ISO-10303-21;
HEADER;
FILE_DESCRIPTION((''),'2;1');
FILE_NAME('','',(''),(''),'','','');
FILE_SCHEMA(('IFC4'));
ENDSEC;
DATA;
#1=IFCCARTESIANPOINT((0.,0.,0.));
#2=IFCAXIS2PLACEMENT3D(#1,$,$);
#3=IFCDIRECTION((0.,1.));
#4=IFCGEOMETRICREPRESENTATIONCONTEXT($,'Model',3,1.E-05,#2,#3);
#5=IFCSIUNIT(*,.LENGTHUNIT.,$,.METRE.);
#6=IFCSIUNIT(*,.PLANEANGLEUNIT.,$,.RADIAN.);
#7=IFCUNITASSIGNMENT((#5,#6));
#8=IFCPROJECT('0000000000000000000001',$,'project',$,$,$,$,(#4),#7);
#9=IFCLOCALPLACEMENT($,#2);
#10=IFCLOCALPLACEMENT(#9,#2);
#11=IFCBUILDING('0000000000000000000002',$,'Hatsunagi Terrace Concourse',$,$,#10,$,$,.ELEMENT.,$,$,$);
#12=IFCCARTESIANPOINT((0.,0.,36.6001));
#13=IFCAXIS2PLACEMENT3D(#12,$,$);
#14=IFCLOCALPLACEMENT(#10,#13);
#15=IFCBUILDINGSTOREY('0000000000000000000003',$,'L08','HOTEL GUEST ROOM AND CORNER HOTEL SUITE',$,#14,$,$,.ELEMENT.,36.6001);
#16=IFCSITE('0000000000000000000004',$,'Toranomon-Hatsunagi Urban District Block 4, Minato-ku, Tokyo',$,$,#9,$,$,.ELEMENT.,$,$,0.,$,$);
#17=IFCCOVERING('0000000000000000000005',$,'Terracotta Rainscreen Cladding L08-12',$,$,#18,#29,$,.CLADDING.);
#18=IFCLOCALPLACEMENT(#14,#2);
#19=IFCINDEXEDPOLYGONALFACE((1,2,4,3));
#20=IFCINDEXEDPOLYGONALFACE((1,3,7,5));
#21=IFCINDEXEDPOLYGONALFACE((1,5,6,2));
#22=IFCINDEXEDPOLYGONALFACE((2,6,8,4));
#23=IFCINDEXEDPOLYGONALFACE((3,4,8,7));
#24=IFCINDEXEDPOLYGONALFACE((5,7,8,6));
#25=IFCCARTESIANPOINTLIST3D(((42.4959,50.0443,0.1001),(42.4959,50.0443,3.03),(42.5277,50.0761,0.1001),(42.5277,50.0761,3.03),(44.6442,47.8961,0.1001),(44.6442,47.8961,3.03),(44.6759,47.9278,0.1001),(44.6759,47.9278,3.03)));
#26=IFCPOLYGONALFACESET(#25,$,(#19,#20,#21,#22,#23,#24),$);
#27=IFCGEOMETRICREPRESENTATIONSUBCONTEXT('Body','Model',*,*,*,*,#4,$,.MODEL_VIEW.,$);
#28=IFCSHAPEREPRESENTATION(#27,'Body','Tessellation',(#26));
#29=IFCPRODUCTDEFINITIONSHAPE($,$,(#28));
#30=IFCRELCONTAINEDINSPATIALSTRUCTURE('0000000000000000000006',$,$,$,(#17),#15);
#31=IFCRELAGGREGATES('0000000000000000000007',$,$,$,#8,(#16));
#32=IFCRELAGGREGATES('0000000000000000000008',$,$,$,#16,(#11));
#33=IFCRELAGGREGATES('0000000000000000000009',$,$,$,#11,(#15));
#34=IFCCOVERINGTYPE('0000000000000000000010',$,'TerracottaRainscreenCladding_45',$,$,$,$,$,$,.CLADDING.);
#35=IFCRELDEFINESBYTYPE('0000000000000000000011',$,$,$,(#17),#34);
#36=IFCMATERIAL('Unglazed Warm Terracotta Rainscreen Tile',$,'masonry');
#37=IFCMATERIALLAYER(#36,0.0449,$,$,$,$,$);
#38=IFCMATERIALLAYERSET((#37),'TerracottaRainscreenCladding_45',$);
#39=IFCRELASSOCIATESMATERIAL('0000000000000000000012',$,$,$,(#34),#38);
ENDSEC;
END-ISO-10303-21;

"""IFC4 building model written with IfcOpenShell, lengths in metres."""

from ifc_helpers import new_model, si_unit, direction, frame, origin, origin_2d, place, context, subcontext, project, spatial, rectangle, extrude, material, layer, layer_set, type_object, element, save


model = new_model("IFC4")

# Units and contexts
model_context = context("Model", 3, precision=1e-05, world=origin(), true_north=direction((0.0, 1.0)))
body_context = subcontext(model_context, "Body", "Model", "MODEL_VIEW")
ifc_project = project(units=[si_unit("LENGTHUNIT", "METRE"), si_unit("PLANEANGLEUNIT", "RADIAN")], contexts=[model_context])

# Site, building, storey
site_placement = place(None, origin())
site = spatial("IfcSite", under=ifc_project, at=site_placement, Name="Toranomon-Hatsunagi Urban District Block 4, Minato-ku, Tokyo", CompositionType="ELEMENT", RefElevation=0.0)
building_placement = place(site_placement, origin())
building = spatial("IfcBuilding", under=site, at=building_placement, Name="Hatsunagi Terrace Concourse", CompositionType="ELEMENT")
storey_placement = place(building_placement, frame((0.0, 0.0, 36.6001)))
storey = spatial("IfcBuildingStorey", under=building, at=storey_placement, Name="L08", Description="HOTEL GUEST ROOM AND CORNER HOTEL SUITE", CompositionType="ELEMENT", Elevation=36.6001)

# Covering
ifc_material_1 = material(Name="Unglazed Warm Terracotta Rainscreen Tile", Category="masonry")
ifc_layer_1 = layer(ifc_material_1, 0.0449)
ifc_layer_set_1 = layer_set([ifc_layer_1], Name="TerracottaRainscreenCladding_45")
covering_type = type_object("IfcCoveringType", Name="TerracottaRainscreenCladding_45", PredefinedType="CLADDING", material=ifc_layer_set_1)
covering_placement = place(storey_placement, frame((43.5859, 48.9861, 0.1001), z_axis=(0.0, 0.0, 1.0), x_axis=(0.707107, -0.707107, 0.0)))
element("IfcCovering", 1, at=covering_placement, inside=storey, type_object=covering_type, Name="Terracotta Rainscreen Cladding L08-12", PredefinedType="CLADDING", context=body_context, shape_type="SweptSolid", body=[
    extrude(rectangle(XDim=3.0381, YDim=0.0449, at=origin_2d()), origin(), (0.0, 0.0, 1.0), 2.9299),
])

save(model, "model.ifc")
